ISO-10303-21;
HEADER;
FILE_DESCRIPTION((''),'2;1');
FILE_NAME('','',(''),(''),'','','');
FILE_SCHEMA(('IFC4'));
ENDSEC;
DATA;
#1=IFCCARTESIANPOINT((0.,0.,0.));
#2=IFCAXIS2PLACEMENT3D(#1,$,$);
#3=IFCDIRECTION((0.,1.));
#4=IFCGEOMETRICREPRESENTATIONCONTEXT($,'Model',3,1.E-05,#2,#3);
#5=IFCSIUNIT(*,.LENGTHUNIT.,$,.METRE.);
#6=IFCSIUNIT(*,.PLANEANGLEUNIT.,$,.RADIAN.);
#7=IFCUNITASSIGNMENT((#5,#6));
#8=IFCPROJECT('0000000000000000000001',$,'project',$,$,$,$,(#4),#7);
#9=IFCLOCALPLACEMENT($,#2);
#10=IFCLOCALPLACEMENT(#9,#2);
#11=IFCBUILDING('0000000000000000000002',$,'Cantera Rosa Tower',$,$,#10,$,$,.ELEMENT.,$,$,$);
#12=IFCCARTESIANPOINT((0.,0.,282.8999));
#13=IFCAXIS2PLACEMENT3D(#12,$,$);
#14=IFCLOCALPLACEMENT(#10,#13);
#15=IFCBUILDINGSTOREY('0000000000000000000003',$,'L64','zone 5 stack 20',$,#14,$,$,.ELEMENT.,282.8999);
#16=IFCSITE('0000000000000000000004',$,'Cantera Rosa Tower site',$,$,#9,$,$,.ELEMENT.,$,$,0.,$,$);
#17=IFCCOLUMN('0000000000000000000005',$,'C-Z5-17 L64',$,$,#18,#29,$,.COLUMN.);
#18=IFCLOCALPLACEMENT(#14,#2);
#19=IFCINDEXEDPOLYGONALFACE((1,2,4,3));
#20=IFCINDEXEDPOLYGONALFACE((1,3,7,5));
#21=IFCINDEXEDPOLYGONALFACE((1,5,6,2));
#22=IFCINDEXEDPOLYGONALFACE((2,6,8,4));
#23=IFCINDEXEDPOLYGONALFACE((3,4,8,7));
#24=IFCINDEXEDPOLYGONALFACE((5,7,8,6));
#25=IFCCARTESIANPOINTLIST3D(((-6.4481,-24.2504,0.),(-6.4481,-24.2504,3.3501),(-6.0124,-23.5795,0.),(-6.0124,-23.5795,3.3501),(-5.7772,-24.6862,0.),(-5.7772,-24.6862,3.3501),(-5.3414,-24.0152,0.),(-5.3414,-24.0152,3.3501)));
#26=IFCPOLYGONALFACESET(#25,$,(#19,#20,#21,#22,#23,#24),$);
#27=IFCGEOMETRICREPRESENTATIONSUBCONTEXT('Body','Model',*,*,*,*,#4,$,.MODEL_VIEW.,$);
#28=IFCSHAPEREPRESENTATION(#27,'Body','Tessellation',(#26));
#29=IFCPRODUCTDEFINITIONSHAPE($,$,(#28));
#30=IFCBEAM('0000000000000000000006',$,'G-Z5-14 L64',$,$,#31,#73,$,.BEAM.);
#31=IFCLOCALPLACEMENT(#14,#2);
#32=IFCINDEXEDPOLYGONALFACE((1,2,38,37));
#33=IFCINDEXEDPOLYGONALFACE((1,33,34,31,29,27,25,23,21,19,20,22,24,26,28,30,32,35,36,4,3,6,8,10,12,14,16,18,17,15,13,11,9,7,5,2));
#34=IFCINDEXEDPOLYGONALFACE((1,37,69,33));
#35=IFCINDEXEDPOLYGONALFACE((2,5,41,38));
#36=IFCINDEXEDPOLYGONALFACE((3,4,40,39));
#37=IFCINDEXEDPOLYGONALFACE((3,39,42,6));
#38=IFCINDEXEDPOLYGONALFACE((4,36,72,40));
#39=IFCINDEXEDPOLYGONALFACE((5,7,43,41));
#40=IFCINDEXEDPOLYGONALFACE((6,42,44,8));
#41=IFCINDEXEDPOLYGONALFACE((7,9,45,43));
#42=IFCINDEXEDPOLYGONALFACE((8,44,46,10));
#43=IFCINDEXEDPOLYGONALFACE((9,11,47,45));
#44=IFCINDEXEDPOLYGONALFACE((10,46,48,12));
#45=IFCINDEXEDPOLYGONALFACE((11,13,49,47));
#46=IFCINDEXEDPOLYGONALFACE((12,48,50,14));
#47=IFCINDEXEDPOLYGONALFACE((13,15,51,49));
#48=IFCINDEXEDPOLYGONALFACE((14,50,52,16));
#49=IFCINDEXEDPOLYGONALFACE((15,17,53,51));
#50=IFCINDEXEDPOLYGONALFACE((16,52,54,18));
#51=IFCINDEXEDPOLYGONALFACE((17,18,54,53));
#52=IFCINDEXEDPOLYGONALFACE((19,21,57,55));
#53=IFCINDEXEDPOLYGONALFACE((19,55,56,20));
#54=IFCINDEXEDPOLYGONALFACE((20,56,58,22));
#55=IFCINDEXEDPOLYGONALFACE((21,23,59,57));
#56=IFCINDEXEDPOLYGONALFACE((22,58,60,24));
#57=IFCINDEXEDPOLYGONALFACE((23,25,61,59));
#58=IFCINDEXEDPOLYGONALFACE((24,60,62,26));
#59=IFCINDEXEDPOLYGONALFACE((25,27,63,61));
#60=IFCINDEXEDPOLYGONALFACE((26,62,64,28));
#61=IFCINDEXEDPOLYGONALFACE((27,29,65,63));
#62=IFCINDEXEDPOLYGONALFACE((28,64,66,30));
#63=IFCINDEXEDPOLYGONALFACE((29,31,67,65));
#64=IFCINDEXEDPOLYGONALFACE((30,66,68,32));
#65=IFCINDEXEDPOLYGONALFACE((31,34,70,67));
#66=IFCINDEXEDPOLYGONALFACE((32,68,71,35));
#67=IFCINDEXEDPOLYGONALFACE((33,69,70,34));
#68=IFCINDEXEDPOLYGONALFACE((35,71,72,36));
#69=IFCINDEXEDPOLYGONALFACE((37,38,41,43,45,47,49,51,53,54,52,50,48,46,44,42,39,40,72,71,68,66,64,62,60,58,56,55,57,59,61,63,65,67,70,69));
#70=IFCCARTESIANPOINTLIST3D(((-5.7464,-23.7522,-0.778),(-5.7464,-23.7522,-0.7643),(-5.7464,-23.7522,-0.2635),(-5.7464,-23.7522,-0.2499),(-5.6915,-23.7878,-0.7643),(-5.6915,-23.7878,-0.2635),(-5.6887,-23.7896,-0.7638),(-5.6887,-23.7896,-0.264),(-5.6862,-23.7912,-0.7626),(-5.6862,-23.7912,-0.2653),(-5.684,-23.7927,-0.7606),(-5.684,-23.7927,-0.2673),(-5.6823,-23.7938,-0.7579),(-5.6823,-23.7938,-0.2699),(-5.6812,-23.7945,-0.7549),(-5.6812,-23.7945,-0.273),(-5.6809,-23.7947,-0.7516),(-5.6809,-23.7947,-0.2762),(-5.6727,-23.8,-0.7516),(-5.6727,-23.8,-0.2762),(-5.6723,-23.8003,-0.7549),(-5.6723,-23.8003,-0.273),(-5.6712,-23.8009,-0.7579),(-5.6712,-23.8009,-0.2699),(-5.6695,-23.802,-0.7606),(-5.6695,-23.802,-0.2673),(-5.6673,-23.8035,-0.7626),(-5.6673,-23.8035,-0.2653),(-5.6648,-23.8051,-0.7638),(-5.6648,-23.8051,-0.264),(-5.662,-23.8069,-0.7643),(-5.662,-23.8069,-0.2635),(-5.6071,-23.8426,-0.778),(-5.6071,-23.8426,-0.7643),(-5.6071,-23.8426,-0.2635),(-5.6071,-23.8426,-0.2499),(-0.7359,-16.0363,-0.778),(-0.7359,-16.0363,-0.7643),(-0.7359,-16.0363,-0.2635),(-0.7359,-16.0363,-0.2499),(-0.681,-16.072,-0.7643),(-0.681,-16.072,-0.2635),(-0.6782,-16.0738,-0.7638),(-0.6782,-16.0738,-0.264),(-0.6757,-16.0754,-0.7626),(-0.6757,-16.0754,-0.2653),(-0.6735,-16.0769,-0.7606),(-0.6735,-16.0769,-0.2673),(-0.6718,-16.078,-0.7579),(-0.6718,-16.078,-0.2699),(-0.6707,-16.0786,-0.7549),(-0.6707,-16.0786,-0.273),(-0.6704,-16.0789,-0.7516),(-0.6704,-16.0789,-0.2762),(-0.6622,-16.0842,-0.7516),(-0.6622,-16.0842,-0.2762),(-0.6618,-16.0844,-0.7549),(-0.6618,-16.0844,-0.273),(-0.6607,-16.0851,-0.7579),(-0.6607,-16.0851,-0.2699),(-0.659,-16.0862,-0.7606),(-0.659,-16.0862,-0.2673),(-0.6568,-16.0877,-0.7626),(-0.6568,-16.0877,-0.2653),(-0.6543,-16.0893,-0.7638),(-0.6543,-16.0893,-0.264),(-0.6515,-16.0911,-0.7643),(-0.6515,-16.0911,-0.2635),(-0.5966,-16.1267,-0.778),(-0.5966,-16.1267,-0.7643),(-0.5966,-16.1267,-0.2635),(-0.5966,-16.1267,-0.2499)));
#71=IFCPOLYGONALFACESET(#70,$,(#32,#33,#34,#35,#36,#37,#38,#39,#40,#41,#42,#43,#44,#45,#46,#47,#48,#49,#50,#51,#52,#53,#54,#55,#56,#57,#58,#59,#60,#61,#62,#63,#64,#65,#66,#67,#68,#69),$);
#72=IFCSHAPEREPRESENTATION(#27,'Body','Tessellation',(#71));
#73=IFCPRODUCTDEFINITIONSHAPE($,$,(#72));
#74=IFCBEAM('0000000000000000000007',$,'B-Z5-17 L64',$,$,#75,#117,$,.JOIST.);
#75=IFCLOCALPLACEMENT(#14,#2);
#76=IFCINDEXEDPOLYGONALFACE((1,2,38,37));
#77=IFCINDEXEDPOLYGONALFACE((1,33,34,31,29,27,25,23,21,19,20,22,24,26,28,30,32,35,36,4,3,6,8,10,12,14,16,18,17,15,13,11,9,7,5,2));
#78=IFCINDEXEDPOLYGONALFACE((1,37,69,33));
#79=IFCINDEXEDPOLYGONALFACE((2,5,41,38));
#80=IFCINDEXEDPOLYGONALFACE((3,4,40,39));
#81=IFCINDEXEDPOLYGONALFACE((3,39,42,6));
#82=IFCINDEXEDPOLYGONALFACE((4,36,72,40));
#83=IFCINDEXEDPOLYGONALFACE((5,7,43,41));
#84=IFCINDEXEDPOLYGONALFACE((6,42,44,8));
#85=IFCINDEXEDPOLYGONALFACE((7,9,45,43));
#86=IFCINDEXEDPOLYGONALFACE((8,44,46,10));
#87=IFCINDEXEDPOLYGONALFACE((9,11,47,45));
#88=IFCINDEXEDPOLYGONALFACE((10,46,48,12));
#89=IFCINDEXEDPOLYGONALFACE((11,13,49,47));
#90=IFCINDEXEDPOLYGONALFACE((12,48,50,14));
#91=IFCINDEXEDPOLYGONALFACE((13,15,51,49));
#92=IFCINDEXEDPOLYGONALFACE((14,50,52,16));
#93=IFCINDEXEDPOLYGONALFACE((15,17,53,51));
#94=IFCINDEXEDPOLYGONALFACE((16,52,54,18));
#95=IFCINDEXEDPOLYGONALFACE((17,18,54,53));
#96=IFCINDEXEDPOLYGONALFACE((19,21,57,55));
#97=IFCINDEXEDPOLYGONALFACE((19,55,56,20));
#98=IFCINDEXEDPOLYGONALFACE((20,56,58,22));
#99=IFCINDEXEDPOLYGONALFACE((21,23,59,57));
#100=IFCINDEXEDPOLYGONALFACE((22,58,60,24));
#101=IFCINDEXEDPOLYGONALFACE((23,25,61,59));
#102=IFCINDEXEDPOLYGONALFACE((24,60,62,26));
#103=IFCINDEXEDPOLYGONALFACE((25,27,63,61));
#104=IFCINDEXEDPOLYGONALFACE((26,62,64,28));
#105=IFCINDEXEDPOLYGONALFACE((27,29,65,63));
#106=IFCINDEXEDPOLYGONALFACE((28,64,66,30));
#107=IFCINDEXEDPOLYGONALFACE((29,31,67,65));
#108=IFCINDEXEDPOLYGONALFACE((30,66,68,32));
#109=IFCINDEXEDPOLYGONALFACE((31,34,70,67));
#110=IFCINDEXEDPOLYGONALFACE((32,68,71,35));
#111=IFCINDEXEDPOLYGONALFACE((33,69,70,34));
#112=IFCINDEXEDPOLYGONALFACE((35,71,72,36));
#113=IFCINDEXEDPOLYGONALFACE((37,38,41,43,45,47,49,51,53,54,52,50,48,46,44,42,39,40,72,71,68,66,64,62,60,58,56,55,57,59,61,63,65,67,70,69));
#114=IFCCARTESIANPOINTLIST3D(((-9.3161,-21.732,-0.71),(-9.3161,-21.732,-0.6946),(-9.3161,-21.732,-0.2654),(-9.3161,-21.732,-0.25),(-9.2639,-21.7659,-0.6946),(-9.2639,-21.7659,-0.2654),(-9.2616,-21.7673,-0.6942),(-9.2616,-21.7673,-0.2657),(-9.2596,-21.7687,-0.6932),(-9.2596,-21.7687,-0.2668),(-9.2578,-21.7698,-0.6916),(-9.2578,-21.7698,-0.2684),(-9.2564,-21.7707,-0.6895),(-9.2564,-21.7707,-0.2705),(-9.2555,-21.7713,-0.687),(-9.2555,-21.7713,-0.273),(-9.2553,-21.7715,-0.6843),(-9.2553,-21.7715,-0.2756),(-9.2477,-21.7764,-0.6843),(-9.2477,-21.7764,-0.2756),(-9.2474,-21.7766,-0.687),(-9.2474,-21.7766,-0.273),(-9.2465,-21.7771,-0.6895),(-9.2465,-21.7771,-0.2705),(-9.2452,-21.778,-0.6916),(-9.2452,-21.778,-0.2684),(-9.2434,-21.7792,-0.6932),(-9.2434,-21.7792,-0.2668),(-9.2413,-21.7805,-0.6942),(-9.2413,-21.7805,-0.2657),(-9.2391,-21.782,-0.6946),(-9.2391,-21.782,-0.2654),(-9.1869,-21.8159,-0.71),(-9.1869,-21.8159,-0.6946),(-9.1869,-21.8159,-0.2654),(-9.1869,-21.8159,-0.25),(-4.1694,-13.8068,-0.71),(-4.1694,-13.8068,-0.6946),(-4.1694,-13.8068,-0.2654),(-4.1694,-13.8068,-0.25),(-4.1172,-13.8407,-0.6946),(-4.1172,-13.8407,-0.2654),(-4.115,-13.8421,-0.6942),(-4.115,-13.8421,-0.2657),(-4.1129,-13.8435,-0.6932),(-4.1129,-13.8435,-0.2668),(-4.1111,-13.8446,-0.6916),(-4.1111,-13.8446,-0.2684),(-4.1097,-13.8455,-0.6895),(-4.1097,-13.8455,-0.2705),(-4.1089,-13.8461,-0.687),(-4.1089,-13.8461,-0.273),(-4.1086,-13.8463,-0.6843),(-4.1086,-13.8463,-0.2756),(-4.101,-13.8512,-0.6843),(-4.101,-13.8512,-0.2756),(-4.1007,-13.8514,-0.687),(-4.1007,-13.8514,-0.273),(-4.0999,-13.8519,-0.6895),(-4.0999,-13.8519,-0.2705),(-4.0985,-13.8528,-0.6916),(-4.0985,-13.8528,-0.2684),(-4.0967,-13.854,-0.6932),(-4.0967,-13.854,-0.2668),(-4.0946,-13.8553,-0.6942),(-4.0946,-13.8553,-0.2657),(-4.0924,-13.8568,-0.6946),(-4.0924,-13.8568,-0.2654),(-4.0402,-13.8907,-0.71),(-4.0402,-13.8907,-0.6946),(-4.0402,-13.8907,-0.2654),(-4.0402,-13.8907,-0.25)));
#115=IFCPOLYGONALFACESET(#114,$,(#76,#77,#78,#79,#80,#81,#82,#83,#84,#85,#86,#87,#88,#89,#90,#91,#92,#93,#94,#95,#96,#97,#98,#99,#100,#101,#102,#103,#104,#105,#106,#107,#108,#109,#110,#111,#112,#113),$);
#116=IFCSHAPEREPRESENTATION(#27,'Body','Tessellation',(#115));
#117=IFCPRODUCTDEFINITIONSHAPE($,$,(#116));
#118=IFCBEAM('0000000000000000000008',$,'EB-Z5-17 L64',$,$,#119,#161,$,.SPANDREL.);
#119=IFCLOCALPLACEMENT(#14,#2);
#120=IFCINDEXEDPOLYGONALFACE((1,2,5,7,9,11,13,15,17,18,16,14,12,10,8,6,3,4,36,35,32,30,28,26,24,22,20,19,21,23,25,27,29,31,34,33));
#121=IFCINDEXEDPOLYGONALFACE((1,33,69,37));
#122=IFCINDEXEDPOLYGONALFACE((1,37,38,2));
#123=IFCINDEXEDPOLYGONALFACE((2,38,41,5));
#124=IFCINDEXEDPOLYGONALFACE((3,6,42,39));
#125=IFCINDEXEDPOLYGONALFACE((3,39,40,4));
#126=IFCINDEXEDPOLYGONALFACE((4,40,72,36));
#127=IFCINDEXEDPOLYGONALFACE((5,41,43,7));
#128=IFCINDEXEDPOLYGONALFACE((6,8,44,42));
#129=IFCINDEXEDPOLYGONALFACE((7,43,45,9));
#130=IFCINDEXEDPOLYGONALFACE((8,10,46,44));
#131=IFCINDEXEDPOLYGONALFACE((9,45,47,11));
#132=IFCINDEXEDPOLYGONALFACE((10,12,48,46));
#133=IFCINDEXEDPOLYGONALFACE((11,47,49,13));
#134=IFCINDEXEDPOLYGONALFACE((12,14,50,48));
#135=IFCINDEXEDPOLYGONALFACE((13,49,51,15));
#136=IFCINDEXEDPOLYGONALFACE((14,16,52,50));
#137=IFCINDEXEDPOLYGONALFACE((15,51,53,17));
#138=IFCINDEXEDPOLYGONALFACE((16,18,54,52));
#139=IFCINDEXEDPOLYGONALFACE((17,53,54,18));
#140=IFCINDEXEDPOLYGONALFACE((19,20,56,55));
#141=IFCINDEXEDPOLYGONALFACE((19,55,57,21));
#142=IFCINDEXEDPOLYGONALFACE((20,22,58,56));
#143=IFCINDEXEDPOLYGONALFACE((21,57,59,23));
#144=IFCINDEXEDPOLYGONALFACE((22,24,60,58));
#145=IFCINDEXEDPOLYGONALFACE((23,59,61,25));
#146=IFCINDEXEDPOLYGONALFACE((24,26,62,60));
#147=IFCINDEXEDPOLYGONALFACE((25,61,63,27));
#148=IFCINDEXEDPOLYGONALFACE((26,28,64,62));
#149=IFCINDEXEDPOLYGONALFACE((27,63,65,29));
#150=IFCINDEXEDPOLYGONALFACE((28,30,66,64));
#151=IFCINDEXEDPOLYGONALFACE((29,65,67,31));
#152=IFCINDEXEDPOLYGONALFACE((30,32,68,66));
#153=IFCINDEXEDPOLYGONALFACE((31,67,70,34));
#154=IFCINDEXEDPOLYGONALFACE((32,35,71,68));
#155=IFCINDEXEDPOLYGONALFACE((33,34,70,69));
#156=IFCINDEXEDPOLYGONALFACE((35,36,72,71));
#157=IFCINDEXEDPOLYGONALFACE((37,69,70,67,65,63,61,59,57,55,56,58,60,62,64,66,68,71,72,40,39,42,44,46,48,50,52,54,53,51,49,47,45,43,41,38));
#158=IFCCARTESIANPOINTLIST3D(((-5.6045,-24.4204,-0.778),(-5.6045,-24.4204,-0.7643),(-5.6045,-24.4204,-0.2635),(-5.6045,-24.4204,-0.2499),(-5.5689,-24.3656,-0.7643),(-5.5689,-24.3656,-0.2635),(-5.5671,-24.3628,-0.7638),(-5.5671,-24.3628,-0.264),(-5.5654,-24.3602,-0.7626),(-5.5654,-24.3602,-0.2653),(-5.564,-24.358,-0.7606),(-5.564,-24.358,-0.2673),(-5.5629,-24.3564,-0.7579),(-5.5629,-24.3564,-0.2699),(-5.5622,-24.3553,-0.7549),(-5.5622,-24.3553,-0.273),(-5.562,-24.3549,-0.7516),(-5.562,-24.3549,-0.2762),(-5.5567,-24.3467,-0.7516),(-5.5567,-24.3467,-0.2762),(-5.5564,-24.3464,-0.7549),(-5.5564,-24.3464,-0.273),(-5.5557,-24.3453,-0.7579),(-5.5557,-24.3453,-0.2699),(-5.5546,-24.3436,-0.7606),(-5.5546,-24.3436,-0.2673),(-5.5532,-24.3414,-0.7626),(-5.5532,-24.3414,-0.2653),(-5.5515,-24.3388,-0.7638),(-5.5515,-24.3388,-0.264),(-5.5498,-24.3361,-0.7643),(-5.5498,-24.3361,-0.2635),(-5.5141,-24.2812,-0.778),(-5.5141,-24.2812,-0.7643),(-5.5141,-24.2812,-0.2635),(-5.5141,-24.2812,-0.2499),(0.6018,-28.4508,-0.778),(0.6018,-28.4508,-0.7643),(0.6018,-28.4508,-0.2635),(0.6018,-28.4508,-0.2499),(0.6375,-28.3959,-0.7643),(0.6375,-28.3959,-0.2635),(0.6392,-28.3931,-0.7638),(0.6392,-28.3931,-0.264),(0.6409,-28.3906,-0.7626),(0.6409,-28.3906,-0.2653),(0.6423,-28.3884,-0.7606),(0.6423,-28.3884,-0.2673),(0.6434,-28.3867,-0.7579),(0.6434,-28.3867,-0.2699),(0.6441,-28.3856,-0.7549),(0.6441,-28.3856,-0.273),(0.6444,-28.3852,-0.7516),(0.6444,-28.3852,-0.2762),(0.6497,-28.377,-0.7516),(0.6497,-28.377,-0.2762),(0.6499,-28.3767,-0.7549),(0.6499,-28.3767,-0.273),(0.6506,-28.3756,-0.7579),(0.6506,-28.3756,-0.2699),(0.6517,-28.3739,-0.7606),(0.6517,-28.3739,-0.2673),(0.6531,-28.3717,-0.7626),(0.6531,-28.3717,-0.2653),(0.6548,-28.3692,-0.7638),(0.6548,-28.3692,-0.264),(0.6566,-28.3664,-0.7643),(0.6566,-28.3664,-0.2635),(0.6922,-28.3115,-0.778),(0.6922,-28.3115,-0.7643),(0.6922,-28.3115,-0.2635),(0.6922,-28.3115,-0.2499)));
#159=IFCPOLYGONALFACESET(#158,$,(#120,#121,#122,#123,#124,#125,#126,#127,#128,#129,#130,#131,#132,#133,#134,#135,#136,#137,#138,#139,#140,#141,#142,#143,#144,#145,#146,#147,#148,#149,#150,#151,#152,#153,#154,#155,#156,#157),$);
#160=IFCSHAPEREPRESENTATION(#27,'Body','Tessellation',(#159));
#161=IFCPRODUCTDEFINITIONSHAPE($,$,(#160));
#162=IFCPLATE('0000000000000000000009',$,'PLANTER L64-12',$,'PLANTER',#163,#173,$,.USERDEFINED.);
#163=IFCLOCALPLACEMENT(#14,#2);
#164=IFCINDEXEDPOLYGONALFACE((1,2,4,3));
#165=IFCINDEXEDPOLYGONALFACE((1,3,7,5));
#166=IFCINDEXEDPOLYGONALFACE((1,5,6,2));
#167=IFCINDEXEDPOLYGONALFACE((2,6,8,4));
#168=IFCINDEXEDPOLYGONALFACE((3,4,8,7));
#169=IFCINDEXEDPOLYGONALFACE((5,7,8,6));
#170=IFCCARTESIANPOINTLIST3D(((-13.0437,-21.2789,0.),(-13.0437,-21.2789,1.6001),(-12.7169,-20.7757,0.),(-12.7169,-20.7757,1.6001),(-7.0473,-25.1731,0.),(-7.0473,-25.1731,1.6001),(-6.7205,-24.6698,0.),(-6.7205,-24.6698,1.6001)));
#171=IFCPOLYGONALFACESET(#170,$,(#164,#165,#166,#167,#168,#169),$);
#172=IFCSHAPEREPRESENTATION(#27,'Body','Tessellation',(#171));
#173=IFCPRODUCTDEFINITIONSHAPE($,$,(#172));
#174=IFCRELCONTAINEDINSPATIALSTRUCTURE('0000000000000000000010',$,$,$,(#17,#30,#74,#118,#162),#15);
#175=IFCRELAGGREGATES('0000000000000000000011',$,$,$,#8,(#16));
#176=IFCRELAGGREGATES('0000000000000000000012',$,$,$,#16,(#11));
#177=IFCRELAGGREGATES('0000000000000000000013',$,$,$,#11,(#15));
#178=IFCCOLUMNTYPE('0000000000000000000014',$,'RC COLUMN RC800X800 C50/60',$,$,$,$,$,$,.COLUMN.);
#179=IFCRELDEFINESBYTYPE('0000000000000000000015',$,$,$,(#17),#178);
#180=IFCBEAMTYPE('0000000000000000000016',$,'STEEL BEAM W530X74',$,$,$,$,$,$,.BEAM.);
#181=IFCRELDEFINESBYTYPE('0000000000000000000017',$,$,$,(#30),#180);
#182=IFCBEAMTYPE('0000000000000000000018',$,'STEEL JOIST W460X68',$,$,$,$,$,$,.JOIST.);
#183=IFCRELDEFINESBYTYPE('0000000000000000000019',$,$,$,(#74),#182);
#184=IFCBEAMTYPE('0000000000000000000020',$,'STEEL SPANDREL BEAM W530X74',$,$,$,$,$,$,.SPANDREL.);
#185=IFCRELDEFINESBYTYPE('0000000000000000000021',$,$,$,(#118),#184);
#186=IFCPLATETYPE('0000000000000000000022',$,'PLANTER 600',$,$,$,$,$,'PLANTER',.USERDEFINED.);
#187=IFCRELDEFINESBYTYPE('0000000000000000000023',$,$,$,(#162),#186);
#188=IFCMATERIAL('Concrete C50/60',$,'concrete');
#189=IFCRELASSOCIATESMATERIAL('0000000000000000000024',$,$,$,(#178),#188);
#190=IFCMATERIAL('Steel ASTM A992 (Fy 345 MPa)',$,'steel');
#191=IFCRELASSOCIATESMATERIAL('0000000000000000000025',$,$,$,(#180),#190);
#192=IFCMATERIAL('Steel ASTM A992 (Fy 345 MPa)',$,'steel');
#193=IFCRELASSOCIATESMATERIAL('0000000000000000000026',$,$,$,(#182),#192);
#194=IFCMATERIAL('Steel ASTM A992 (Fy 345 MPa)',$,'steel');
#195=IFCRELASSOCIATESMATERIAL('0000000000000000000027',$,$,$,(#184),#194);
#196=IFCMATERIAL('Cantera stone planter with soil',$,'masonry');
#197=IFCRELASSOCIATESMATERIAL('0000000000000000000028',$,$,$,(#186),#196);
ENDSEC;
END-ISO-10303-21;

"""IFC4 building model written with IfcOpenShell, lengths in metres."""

from ifc_helpers import new_model, si_unit, direction, frame, origin, origin_2d, place, context, subcontext, project, spatial, rectangle, i_section, extrude, material, material_profile, profile_set, type_object, element, save


model = new_model("IFC4")

# Units and contexts
model_context = context("Model", 3, precision=1e-05, world=origin(), true_north=direction((0.0, 1.0)))
body_context = subcontext(model_context, "Body", "Model", "MODEL_VIEW")
ifc_project = project(units=[si_unit("LENGTHUNIT", "METRE"), si_unit("PLANEANGLEUNIT", "RADIAN")], contexts=[model_context])

# Site, building, storey
site_placement = place(None, origin())
site = spatial("IfcSite", under=ifc_project, at=site_placement, Name="Cantera Rosa Tower site", CompositionType="ELEMENT", RefElevation=0.0)
building_placement = place(site_placement, origin())
building = spatial("IfcBuilding", under=site, at=building_placement, Name="Cantera Rosa Tower", CompositionType="ELEMENT")
storey_placement = place(building_placement, frame((0.0, 0.0, 282.8999)))
storey = spatial("IfcBuildingStorey", under=building, at=storey_placement, Name="L64", Description="zone 5 stack 20", CompositionType="ELEMENT", Elevation=282.8999)

# Column
ifc_material_1 = material(Name="Concrete C50/60", Category="concrete")
ifc_material_profile_1 = material_profile(ifc_material_1, rectangle(XDim=0.8, YDim=0.8, at=origin_2d()), Name="RC COLUMN RC800X800 C50/60")
ifc_profile_set_1 = profile_set([ifc_material_profile_1], Name="Concrete C50/60")
column_type = type_object("IfcColumnType", Name="RC COLUMN RC800X800 C50/60", PredefinedType="COLUMN", material=ifc_profile_set_1)
column_placement = place(storey_placement, frame((-5.8948, -24.1328, 0.0), z_axis=(0.0, 0.0, 1.0), x_axis=(0.544639, 0.838671, 0.0)))
element("IfcColumn", 1, at=column_placement, inside=storey, type_object=column_type, Name="C-Z5-17 L64", PredefinedType="COLUMN", context=body_context, shape_type="SweptSolid", body=[
    extrude(rectangle(XDim=0.8, YDim=0.8, at=origin_2d()), origin(), (0.0, 0.0, 1.0), 3.3501),
])

# Beams
ifc_material_2 = material(Name="Steel ASTM A992 (Fy 345 MPa)", Category="steel")
ifc_material_profile_2 = material_profile(ifc_material_2, i_section(OverallWidth=0.166, OverallDepth=0.5281, WebThickness=0.0098, FlangeThickness=0.0137, FilletRadius=0.0127, at=origin_2d()), Name="W530X74")
ifc_profile_set_2 = profile_set([ifc_material_profile_2], Name="Steel ASTM A992 (Fy 345 MPa)")
beam_type_1 = type_object("IfcBeamType", Name="STEEL BEAM W530X74", PredefinedType="BEAM", material=ifc_profile_set_2)
beam_1_placement = place(storey_placement, frame((-5.6768, -23.7974, -0.5139), z_axis=(0.544623, 0.838681, 0.0), x_axis=(-0.838681, 0.544623, 0.0)))
element("IfcBeam", 2, at=beam_1_placement, inside=storey, type_object=beam_type_1, Name="G-Z5-14 L64", PredefinedType="BEAM", context=body_context, shape_type="SweptSolid", body=[
    extrude(i_section(OverallWidth=0.166, OverallDepth=0.5281, WebThickness=0.0098, FlangeThickness=0.0137, FilletRadius=0.0127, at=origin_2d()), origin(), (0.0, 0.0, 1.0), 9.2),
])
ifc_material_3 = material(Name="Steel ASTM A992 (Fy 345 MPa)", Category="steel")
ifc_material_profile_3 = material_profile(ifc_material_3, i_section(OverallWidth=0.1541, OverallDepth=0.46, WebThickness=0.009, FlangeThickness=0.0154, FilletRadius=0.0103, at=origin_2d()), Name="W460X68")
ifc_profile_set_3 = profile_set([ifc_material_profile_3], Name="Steel ASTM A992 (Fy 345 MPa)")
beam_type_2 = type_object("IfcBeamType", Name="STEEL JOIST W460X68", PredefinedType="JOIST", material=ifc_profile_set_3)
beam_2_placement = place(storey_placement, frame((-9.2515, -21.7739, -0.48), z_axis=(0.544638, 0.838671, 0.0), x_axis=(-0.838671, 0.544638, 0.0)))
element("IfcBeam", 3, at=beam_2_placement, inside=storey, type_object=beam_type_2, Name="B-Z5-17 L64", PredefinedType="JOIST", context=body_context, shape_type="SweptSolid", body=[
    extrude(i_section(OverallWidth=0.1541, OverallDepth=0.46, WebThickness=0.009, FlangeThickness=0.0154, FilletRadius=0.0103, at=origin_2d()), origin(), (0.0, 0.0, 1.0), 9.4497),
])
ifc_material_4 = material(Name="Steel ASTM A992 (Fy 345 MPa)", Category="steel")
ifc_material_profile_4 = material_profile(ifc_material_4, i_section(OverallWidth=0.166, OverallDepth=0.5281, WebThickness=0.0098, FlangeThickness=0.0137, FilletRadius=0.0127, at=origin_2d()), Name="W530X74")
ifc_profile_set_4 = profile_set([ifc_material_profile_4], Name="Steel ASTM A992 (Fy 345 MPa)")
beam_type_3 = type_object("IfcBeamType", Name="STEEL SPANDREL BEAM W530X74", PredefinedType="SPANDREL", material=ifc_profile_set_4)
beam_3_placement = place(storey_placement, frame((-5.5593, -24.3508, -0.5139), z_axis=(0.838679, -0.544625, 0.0), x_axis=(0.544625, 0.838679, 0.0)))
element("IfcBeam", 4, at=beam_3_placement, inside=storey, type_object=beam_type_3, Name="EB-Z5-17 L64", PredefinedType="SPANDREL", context=body_context, shape_type="SweptSolid", body=[
    extrude(i_section(OverallWidth=0.166, OverallDepth=0.5281, WebThickness=0.0098, FlangeThickness=0.0137, FilletRadius=0.0127, at=origin_2d()), origin(), (0.0, 0.0, 1.0), 7.4001),
])

# Plate
ifc_material_5 = material(Name="Cantera stone planter with soil", Category="masonry")
plate_type = type_object("IfcPlateType", Name="PLANTER 600", ElementType="PLANTER", PredefinedType="USERDEFINED", material=ifc_material_5)
plate_placement = place(storey_placement, frame((-9.8821, -22.9744, 0.0), z_axis=(0.0, 0.0, 1.0), x_axis=(0.838671, -0.544639, 0.0)))
element("IfcPlate", 5, at=plate_placement, inside=storey, type_object=plate_type, Name="PLANTER L64-12", ObjectType="PLANTER", PredefinedType="USERDEFINED", context=body_context, shape_type="SweptSolid", body=[
    extrude(rectangle(XDim=7.1499, YDim=0.6001, at=origin_2d()), origin(), (0.0, 0.0, 1.0), 1.6001),
])

save(model, "model.ifc")
